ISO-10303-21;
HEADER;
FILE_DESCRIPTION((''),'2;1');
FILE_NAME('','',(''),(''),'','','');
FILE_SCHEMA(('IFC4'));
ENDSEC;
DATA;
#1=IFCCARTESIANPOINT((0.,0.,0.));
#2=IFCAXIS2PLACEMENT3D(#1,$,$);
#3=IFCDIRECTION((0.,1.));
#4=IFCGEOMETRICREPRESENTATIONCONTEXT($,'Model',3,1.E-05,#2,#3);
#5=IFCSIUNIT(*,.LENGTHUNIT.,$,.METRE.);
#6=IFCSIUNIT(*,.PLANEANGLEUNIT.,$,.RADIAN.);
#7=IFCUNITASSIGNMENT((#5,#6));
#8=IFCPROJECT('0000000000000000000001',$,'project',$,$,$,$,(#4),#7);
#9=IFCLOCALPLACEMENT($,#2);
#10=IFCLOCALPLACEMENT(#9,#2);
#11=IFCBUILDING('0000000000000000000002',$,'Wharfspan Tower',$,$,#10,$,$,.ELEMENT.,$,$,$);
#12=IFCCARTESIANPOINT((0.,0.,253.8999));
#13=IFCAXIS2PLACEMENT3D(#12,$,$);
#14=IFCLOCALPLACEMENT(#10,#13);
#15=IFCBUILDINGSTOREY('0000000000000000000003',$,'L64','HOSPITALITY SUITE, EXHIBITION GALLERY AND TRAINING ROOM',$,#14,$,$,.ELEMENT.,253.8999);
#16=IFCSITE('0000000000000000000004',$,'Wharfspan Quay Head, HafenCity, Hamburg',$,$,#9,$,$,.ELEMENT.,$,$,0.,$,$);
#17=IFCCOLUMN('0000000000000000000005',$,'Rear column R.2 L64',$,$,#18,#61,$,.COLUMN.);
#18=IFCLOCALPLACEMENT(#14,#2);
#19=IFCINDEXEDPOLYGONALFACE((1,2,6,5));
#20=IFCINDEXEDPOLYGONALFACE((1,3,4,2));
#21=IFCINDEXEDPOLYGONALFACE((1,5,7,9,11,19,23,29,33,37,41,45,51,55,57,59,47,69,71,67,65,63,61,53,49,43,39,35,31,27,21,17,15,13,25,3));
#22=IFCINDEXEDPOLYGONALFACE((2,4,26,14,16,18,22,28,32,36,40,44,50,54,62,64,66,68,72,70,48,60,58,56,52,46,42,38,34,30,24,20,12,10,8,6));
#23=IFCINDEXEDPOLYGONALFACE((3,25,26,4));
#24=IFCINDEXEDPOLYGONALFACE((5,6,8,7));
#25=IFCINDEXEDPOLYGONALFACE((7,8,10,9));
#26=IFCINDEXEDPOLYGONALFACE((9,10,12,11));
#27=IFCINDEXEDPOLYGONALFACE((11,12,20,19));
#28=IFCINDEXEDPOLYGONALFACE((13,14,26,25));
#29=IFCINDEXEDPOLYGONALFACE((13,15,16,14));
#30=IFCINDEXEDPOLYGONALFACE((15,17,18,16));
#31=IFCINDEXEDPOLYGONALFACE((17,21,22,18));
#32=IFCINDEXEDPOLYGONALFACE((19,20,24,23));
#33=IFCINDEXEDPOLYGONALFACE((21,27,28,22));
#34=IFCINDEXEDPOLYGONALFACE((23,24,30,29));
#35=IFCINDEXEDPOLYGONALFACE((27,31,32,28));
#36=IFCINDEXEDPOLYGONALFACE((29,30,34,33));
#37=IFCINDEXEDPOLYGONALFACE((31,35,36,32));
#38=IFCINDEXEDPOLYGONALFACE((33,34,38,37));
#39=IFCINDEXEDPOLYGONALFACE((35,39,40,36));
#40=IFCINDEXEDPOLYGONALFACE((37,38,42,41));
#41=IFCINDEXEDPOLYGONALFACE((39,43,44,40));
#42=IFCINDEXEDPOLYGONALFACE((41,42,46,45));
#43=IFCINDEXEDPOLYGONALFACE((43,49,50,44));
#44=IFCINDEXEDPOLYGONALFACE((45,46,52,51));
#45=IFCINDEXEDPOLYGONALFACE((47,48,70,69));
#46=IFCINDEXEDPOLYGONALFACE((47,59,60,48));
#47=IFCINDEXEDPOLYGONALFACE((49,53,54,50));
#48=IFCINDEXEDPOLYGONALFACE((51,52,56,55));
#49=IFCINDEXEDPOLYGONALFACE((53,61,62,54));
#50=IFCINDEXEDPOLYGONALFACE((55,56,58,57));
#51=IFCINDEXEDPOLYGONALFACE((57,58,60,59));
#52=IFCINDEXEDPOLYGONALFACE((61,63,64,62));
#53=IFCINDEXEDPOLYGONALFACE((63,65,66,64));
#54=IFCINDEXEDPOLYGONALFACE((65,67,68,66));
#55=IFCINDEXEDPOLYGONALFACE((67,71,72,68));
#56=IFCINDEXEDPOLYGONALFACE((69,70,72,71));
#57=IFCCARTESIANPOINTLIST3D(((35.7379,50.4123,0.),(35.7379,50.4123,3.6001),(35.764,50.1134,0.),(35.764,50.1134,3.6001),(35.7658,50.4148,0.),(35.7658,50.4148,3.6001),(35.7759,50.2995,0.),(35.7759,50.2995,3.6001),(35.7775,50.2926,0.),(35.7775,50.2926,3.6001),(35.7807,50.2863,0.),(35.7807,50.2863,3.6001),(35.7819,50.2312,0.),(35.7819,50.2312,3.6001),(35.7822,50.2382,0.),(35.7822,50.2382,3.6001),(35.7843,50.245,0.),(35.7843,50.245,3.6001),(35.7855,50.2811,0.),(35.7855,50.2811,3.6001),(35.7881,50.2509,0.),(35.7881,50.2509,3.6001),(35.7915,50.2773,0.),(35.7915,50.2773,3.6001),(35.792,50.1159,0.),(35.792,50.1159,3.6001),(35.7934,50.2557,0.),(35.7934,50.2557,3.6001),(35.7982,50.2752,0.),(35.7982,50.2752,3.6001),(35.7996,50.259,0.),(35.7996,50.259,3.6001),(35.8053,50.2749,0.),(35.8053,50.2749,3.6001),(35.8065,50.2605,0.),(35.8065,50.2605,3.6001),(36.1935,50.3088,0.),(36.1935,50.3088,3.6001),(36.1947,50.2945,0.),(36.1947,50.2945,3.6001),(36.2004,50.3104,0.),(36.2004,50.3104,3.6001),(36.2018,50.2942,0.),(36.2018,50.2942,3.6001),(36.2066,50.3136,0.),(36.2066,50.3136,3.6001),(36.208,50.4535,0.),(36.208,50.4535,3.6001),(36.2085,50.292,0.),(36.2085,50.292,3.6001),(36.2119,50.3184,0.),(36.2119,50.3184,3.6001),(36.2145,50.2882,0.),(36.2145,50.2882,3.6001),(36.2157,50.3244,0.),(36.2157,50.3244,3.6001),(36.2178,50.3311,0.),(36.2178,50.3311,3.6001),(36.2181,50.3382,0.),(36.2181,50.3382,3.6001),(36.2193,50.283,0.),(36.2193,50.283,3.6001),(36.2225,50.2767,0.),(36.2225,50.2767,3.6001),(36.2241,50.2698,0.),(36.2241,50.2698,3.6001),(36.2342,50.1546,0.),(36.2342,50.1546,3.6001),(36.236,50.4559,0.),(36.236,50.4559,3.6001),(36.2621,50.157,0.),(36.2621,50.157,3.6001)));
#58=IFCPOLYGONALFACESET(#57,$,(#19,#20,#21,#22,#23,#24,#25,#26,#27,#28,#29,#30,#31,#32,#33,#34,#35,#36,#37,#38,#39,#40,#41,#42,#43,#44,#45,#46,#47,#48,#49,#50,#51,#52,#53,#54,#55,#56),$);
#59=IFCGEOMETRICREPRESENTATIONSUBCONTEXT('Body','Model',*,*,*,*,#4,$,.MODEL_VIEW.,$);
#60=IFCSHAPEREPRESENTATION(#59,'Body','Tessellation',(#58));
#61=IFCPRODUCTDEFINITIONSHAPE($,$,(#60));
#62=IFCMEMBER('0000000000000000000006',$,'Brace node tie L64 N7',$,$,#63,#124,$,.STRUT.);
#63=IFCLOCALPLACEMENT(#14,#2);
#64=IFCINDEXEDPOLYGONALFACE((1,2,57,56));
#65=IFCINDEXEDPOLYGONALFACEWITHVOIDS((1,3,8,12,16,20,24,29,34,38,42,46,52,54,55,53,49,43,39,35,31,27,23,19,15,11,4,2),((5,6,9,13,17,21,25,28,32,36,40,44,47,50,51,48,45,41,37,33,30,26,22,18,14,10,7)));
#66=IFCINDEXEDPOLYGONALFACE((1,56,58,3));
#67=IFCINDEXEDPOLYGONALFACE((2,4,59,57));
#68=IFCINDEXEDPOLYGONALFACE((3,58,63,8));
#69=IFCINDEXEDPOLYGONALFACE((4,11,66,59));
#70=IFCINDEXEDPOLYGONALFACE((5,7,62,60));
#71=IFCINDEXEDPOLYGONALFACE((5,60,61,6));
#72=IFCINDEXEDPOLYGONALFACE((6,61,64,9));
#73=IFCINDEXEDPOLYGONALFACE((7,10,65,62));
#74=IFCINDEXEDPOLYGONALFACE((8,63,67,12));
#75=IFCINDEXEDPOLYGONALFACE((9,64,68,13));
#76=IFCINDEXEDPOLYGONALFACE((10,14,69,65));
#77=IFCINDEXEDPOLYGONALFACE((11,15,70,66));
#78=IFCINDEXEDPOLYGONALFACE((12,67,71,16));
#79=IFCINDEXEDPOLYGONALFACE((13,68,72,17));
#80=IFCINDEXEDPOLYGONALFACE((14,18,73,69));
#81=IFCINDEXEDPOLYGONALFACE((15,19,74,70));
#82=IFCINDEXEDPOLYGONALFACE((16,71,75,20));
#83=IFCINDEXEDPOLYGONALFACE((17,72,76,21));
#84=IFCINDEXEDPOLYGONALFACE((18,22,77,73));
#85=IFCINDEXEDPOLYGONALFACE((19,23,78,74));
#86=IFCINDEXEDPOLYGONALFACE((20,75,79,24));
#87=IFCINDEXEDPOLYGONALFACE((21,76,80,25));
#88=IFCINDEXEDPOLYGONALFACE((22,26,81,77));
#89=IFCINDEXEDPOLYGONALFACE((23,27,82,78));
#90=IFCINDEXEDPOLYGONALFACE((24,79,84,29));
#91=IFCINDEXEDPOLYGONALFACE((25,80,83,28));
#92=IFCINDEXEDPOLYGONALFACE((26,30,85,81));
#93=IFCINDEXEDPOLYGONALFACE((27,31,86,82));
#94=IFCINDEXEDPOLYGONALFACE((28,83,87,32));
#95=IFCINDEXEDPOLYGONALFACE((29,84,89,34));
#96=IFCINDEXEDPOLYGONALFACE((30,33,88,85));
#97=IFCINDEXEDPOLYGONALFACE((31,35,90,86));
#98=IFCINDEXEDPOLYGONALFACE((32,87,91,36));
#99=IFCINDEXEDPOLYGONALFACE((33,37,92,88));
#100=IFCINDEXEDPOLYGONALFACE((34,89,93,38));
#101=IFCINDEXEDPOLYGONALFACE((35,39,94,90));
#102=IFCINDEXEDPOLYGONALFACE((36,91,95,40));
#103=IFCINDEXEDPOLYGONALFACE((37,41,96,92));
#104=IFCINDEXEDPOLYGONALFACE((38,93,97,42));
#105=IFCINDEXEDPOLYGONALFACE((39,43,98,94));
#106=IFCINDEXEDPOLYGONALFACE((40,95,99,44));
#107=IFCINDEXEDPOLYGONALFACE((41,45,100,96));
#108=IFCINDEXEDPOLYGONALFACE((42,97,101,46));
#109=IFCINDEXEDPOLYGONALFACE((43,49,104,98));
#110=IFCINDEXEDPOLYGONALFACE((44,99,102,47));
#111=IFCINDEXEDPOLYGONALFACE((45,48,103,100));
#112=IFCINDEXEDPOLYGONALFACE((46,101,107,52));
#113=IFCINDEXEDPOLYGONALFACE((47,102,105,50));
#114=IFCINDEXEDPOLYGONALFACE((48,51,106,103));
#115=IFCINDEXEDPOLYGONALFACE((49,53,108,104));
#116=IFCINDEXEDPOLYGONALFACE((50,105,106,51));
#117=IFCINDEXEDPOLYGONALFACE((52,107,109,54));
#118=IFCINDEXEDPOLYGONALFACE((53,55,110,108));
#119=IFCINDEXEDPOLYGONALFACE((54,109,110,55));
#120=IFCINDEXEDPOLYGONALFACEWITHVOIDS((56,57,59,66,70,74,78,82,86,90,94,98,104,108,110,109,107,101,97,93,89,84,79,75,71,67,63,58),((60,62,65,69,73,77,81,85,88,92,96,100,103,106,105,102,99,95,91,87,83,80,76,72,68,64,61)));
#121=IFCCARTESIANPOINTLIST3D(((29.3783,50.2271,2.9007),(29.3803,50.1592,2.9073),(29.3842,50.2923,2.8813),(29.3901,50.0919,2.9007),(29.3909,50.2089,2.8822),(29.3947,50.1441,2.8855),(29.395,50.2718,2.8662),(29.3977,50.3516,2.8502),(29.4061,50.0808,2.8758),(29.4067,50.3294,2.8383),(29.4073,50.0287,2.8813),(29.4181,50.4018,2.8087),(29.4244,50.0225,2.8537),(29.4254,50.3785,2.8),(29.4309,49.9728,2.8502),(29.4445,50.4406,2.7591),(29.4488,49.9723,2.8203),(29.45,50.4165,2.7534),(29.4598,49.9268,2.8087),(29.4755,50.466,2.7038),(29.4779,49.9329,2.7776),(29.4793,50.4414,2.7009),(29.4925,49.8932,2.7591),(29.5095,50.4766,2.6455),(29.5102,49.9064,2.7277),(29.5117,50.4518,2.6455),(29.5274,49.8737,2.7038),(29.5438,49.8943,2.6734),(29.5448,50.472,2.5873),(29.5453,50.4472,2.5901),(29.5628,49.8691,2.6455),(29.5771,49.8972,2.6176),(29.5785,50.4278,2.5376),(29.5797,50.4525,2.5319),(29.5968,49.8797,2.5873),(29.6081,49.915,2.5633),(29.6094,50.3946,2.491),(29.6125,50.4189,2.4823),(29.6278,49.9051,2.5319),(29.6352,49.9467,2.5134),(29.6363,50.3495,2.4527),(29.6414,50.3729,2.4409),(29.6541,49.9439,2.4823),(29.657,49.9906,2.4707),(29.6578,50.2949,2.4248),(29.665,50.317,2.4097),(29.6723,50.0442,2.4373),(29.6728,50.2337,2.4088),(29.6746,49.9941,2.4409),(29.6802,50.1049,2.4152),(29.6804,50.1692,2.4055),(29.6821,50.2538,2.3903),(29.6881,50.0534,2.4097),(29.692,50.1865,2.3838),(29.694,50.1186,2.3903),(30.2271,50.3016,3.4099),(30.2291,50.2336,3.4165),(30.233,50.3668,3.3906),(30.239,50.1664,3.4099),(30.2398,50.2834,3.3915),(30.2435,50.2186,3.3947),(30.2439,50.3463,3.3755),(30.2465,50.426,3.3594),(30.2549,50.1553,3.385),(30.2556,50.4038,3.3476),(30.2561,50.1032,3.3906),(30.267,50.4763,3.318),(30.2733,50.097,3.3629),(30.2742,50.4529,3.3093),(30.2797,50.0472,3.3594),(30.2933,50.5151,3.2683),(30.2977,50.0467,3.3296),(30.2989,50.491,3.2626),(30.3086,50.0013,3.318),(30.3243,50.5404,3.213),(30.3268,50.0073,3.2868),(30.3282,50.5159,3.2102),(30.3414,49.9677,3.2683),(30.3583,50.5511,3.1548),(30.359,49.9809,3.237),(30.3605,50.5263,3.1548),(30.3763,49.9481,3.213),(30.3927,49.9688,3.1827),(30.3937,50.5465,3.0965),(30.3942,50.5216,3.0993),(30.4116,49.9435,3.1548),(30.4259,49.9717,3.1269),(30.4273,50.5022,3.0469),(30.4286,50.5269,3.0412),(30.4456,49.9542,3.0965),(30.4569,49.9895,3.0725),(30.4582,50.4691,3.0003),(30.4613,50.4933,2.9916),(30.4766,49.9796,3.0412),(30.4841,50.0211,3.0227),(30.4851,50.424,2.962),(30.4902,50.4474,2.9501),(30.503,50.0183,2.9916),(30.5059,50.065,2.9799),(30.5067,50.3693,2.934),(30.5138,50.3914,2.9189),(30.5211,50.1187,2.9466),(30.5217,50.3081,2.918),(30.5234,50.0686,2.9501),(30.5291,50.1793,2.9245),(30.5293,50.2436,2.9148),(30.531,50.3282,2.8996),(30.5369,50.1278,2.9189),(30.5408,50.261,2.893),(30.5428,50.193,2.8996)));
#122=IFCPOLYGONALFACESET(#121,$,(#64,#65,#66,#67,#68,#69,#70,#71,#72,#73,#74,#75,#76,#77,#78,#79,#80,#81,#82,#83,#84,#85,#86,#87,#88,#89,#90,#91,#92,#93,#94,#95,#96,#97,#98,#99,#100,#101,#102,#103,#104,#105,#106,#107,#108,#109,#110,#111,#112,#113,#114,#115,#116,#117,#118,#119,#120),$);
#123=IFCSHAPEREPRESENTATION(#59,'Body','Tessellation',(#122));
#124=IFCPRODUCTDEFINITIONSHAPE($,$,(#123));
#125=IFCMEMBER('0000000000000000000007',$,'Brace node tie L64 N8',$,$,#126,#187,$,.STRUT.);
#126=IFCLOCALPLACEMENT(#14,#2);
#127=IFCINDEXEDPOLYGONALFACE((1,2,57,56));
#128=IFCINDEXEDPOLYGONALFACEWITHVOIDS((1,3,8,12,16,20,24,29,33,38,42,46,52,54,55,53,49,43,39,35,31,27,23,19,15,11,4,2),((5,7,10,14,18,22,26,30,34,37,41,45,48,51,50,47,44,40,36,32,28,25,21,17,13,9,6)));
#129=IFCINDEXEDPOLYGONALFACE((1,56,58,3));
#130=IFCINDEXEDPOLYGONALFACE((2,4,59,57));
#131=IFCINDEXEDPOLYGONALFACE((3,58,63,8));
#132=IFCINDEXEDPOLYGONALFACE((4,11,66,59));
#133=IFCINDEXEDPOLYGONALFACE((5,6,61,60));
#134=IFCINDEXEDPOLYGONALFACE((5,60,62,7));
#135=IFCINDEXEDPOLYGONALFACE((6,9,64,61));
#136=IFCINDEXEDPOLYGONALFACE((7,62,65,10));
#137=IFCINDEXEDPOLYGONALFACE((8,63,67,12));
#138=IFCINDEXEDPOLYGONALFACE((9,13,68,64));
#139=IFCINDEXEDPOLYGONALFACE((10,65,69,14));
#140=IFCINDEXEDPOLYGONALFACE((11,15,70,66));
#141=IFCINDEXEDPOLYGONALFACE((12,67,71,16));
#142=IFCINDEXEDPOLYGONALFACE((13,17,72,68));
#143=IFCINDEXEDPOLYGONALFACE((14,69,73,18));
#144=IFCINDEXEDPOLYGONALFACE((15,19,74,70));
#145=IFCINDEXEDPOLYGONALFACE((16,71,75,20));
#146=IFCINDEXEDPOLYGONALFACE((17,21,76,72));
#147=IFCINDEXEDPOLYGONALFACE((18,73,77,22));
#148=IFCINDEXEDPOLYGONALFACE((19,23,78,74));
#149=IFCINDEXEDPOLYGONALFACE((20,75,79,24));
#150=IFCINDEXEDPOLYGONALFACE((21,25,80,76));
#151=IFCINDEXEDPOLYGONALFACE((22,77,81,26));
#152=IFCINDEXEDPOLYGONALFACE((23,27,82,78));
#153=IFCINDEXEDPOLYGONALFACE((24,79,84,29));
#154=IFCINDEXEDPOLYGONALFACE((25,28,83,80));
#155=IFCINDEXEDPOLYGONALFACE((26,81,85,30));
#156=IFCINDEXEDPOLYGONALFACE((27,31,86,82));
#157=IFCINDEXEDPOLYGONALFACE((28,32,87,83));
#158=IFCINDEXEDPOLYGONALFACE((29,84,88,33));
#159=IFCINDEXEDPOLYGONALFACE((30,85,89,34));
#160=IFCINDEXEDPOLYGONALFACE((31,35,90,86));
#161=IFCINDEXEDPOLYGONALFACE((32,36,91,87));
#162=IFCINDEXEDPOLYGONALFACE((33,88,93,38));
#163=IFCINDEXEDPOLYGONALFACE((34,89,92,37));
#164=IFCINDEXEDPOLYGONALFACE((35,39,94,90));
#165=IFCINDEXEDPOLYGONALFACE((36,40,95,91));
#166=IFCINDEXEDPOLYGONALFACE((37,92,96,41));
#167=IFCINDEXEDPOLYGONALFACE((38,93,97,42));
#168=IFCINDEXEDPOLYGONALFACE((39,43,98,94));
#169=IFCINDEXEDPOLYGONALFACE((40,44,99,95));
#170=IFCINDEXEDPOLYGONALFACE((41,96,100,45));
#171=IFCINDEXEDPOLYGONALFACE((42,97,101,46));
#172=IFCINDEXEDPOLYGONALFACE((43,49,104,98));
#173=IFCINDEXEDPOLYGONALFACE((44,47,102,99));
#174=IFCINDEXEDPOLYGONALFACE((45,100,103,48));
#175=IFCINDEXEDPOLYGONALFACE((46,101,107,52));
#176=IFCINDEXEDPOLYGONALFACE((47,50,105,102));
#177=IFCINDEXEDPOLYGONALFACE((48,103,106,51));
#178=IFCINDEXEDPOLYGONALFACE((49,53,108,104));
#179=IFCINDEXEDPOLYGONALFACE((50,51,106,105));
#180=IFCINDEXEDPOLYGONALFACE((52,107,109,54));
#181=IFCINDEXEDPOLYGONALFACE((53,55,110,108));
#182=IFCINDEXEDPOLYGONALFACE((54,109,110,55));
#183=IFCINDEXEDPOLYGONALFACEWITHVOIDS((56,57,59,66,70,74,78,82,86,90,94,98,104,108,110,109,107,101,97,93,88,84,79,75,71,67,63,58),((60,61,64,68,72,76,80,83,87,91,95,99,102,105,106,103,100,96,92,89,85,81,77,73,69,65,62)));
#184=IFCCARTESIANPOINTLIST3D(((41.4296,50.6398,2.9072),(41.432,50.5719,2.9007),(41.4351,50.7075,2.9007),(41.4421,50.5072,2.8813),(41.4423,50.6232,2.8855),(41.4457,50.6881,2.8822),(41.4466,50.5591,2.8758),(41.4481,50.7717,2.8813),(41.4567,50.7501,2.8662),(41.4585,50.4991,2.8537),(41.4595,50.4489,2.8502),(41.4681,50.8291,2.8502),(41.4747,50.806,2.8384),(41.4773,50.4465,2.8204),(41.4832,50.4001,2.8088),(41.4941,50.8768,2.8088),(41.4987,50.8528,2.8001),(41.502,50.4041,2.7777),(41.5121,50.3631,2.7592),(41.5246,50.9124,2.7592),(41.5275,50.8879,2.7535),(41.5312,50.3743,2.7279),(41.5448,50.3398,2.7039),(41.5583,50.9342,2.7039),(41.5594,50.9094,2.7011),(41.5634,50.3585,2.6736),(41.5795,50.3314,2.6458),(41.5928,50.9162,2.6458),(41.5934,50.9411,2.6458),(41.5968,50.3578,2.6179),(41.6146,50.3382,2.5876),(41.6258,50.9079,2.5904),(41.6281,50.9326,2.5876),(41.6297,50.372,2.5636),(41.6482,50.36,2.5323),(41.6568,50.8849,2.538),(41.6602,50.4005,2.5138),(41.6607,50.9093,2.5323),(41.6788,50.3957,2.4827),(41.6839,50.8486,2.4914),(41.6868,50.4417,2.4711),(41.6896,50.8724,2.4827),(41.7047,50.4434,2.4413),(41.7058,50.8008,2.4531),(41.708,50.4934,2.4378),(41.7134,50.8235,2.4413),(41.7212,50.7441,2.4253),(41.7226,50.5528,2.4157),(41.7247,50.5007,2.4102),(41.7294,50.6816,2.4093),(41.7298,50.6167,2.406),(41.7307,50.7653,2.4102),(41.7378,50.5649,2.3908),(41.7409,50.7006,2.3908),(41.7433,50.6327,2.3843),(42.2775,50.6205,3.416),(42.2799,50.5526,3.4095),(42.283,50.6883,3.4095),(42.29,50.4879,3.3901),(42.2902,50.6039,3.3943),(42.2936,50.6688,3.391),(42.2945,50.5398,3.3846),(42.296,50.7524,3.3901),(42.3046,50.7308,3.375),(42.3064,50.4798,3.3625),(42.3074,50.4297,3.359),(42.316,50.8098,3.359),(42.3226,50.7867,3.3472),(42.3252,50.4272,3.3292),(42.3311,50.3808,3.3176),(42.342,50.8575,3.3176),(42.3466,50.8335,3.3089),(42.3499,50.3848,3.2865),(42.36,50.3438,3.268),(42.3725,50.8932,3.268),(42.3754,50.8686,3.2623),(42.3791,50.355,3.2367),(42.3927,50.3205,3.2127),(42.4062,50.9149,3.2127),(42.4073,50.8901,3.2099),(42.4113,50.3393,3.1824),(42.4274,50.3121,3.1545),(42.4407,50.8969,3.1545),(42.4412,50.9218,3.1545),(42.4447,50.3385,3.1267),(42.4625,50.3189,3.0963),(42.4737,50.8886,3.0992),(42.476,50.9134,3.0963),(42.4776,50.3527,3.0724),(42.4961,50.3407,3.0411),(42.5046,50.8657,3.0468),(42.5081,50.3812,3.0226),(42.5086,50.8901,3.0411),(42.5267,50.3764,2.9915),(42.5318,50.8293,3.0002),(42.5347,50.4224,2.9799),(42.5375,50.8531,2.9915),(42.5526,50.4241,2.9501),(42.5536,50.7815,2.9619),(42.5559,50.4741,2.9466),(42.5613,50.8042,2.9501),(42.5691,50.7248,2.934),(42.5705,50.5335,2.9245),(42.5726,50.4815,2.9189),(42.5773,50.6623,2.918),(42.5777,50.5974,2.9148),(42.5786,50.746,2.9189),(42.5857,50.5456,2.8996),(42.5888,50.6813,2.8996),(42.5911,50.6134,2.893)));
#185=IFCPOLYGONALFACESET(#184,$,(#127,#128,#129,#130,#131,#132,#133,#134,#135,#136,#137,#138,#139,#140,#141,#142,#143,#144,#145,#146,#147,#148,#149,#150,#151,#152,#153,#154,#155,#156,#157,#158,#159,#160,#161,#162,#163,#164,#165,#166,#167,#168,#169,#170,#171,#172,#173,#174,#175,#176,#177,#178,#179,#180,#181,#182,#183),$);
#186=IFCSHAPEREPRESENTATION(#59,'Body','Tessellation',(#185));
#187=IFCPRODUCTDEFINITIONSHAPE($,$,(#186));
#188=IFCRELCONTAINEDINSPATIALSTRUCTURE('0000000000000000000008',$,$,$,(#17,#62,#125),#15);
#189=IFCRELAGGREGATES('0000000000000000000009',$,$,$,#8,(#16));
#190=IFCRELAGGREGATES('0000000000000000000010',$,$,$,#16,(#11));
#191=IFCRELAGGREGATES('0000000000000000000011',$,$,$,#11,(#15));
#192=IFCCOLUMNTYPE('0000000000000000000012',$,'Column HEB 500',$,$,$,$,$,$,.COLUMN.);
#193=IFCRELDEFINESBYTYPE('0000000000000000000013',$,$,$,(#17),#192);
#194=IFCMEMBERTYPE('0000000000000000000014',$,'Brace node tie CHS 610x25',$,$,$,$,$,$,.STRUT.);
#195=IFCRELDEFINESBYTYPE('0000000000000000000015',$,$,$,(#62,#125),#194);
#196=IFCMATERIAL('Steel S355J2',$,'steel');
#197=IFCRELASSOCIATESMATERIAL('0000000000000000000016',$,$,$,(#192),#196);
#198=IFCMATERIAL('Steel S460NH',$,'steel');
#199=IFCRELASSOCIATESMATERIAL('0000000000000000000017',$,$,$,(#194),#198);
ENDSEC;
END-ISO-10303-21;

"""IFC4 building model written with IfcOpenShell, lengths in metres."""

from ifc_helpers import new_model, si_unit, direction, frame, origin, origin_2d, place, context, subcontext, project, spatial, hollow_circle, i_section, extrude, material, material_profile, profile_set, type_object, element, save


model = new_model("IFC4")

# Units and contexts
model_context = context("Model", 3, precision=1e-05, world=origin(), true_north=direction((0.0, 1.0)))
body_context = subcontext(model_context, "Body", "Model", "MODEL_VIEW")
ifc_project = project(units=[si_unit("LENGTHUNIT", "METRE"), si_unit("PLANEANGLEUNIT", "RADIAN")], contexts=[model_context])

# Site, building, storey
site_placement = place(None, origin())
site = spatial("IfcSite", under=ifc_project, at=site_placement, Name="Wharfspan Quay Head, HafenCity, Hamburg", CompositionType="ELEMENT", RefElevation=0.0)
building_placement = place(site_placement, origin())
building = spatial("IfcBuilding", under=site, at=building_placement, Name="Wharfspan Tower", CompositionType="ELEMENT")
storey_placement = place(building_placement, frame((0.0, 0.0, 253.8999)))
storey = spatial("IfcBuildingStorey", under=building, at=storey_placement, Name="L64", Description="HOSPITALITY SUITE, EXHIBITION GALLERY AND TRAINING ROOM", CompositionType="ELEMENT", Elevation=253.8999)

# Column
ifc_material_1 = material(Name="Steel S355J2", Category="steel")
ifc_material_profile_1 = material_profile(ifc_material_1, i_section(OverallWidth=0.3, OverallDepth=0.5, WebThickness=0.0144, FlangeThickness=0.0281, FilletRadius=0.0271, at=origin_2d()))
ifc_profile_set_1 = profile_set([ifc_material_profile_1], Name="Steel S355J2")
column_type = type_object("IfcColumnType", Name="Column HEB 500", PredefinedType="COLUMN", material=ifc_profile_set_1)
column_placement = place(storey_placement, frame((36.0, 50.2847, 0.0), z_axis=(0.0, 0.0, 1.0), x_axis=(-0.087156, 0.996197, 0.0)))
element("IfcColumn", 1, at=column_placement, inside=storey, type_object=column_type, Name="Rear column R.2 L64", PredefinedType="COLUMN", context=body_context, shape_type="SweptSolid", body=[
    extrude(i_section(OverallWidth=0.3, OverallDepth=0.5, WebThickness=0.0144, FlangeThickness=0.0281, FilletRadius=0.0271, at=origin_2d()), origin(), (0.0, 0.0, 1.0), 3.6001),
])

# Members
ifc_material_2 = material(Name="Steel S460NH", Category="steel")
ifc_material_profile_2 = material_profile(ifc_material_2, hollow_circle(Radius=0.3049, WallThickness=0.0249, at=origin_2d()))
ifc_profile_set_2 = profile_set([ifc_material_profile_2], Name="Steel S460NH")
member_type_1 = type_object("IfcMemberType", Name="Brace node tie CHS 610x25", PredefinedType="STRUT", material=ifc_profile_set_2)
member_1_placement = place(storey_placement, frame((29.5361, 50.1729, 2.6455), z_axis=(0.855099, 0.075009, 0.51301), x_axis=(-0.087385, 0.996178, 0.000001)))
element("IfcMember", 2, at=member_1_placement, inside=storey, type_object=member_type_1, Name="Brace node tie L64 N7", PredefinedType="STRUT", context=body_context, shape_type="SweptSolid", body=[
    extrude(hollow_circle(Radius=0.3049, WallThickness=0.0249, at=origin_2d()), origin(), (0.0, 0.0, 1.0), 0.9927),
])
member_2_placement = place(storey_placement, frame((41.5864, 50.6362, 2.6458), z_axis=(0.857308, -0.019501, 0.514434), x_axis=(0.022739, 0.999737, 0.000003)))
element("IfcMember", 3, at=member_2_placement, inside=storey, type_object=member_type_1, Name="Brace node tie L64 N8", PredefinedType="STRUT", context=body_context, shape_type="SweptSolid", body=[
    extrude(hollow_circle(Radius=0.3049, WallThickness=0.0249, at=origin_2d()), origin(), (0.0, 0.0, 1.0), 0.989),
])

save(model, "model.ifc")
